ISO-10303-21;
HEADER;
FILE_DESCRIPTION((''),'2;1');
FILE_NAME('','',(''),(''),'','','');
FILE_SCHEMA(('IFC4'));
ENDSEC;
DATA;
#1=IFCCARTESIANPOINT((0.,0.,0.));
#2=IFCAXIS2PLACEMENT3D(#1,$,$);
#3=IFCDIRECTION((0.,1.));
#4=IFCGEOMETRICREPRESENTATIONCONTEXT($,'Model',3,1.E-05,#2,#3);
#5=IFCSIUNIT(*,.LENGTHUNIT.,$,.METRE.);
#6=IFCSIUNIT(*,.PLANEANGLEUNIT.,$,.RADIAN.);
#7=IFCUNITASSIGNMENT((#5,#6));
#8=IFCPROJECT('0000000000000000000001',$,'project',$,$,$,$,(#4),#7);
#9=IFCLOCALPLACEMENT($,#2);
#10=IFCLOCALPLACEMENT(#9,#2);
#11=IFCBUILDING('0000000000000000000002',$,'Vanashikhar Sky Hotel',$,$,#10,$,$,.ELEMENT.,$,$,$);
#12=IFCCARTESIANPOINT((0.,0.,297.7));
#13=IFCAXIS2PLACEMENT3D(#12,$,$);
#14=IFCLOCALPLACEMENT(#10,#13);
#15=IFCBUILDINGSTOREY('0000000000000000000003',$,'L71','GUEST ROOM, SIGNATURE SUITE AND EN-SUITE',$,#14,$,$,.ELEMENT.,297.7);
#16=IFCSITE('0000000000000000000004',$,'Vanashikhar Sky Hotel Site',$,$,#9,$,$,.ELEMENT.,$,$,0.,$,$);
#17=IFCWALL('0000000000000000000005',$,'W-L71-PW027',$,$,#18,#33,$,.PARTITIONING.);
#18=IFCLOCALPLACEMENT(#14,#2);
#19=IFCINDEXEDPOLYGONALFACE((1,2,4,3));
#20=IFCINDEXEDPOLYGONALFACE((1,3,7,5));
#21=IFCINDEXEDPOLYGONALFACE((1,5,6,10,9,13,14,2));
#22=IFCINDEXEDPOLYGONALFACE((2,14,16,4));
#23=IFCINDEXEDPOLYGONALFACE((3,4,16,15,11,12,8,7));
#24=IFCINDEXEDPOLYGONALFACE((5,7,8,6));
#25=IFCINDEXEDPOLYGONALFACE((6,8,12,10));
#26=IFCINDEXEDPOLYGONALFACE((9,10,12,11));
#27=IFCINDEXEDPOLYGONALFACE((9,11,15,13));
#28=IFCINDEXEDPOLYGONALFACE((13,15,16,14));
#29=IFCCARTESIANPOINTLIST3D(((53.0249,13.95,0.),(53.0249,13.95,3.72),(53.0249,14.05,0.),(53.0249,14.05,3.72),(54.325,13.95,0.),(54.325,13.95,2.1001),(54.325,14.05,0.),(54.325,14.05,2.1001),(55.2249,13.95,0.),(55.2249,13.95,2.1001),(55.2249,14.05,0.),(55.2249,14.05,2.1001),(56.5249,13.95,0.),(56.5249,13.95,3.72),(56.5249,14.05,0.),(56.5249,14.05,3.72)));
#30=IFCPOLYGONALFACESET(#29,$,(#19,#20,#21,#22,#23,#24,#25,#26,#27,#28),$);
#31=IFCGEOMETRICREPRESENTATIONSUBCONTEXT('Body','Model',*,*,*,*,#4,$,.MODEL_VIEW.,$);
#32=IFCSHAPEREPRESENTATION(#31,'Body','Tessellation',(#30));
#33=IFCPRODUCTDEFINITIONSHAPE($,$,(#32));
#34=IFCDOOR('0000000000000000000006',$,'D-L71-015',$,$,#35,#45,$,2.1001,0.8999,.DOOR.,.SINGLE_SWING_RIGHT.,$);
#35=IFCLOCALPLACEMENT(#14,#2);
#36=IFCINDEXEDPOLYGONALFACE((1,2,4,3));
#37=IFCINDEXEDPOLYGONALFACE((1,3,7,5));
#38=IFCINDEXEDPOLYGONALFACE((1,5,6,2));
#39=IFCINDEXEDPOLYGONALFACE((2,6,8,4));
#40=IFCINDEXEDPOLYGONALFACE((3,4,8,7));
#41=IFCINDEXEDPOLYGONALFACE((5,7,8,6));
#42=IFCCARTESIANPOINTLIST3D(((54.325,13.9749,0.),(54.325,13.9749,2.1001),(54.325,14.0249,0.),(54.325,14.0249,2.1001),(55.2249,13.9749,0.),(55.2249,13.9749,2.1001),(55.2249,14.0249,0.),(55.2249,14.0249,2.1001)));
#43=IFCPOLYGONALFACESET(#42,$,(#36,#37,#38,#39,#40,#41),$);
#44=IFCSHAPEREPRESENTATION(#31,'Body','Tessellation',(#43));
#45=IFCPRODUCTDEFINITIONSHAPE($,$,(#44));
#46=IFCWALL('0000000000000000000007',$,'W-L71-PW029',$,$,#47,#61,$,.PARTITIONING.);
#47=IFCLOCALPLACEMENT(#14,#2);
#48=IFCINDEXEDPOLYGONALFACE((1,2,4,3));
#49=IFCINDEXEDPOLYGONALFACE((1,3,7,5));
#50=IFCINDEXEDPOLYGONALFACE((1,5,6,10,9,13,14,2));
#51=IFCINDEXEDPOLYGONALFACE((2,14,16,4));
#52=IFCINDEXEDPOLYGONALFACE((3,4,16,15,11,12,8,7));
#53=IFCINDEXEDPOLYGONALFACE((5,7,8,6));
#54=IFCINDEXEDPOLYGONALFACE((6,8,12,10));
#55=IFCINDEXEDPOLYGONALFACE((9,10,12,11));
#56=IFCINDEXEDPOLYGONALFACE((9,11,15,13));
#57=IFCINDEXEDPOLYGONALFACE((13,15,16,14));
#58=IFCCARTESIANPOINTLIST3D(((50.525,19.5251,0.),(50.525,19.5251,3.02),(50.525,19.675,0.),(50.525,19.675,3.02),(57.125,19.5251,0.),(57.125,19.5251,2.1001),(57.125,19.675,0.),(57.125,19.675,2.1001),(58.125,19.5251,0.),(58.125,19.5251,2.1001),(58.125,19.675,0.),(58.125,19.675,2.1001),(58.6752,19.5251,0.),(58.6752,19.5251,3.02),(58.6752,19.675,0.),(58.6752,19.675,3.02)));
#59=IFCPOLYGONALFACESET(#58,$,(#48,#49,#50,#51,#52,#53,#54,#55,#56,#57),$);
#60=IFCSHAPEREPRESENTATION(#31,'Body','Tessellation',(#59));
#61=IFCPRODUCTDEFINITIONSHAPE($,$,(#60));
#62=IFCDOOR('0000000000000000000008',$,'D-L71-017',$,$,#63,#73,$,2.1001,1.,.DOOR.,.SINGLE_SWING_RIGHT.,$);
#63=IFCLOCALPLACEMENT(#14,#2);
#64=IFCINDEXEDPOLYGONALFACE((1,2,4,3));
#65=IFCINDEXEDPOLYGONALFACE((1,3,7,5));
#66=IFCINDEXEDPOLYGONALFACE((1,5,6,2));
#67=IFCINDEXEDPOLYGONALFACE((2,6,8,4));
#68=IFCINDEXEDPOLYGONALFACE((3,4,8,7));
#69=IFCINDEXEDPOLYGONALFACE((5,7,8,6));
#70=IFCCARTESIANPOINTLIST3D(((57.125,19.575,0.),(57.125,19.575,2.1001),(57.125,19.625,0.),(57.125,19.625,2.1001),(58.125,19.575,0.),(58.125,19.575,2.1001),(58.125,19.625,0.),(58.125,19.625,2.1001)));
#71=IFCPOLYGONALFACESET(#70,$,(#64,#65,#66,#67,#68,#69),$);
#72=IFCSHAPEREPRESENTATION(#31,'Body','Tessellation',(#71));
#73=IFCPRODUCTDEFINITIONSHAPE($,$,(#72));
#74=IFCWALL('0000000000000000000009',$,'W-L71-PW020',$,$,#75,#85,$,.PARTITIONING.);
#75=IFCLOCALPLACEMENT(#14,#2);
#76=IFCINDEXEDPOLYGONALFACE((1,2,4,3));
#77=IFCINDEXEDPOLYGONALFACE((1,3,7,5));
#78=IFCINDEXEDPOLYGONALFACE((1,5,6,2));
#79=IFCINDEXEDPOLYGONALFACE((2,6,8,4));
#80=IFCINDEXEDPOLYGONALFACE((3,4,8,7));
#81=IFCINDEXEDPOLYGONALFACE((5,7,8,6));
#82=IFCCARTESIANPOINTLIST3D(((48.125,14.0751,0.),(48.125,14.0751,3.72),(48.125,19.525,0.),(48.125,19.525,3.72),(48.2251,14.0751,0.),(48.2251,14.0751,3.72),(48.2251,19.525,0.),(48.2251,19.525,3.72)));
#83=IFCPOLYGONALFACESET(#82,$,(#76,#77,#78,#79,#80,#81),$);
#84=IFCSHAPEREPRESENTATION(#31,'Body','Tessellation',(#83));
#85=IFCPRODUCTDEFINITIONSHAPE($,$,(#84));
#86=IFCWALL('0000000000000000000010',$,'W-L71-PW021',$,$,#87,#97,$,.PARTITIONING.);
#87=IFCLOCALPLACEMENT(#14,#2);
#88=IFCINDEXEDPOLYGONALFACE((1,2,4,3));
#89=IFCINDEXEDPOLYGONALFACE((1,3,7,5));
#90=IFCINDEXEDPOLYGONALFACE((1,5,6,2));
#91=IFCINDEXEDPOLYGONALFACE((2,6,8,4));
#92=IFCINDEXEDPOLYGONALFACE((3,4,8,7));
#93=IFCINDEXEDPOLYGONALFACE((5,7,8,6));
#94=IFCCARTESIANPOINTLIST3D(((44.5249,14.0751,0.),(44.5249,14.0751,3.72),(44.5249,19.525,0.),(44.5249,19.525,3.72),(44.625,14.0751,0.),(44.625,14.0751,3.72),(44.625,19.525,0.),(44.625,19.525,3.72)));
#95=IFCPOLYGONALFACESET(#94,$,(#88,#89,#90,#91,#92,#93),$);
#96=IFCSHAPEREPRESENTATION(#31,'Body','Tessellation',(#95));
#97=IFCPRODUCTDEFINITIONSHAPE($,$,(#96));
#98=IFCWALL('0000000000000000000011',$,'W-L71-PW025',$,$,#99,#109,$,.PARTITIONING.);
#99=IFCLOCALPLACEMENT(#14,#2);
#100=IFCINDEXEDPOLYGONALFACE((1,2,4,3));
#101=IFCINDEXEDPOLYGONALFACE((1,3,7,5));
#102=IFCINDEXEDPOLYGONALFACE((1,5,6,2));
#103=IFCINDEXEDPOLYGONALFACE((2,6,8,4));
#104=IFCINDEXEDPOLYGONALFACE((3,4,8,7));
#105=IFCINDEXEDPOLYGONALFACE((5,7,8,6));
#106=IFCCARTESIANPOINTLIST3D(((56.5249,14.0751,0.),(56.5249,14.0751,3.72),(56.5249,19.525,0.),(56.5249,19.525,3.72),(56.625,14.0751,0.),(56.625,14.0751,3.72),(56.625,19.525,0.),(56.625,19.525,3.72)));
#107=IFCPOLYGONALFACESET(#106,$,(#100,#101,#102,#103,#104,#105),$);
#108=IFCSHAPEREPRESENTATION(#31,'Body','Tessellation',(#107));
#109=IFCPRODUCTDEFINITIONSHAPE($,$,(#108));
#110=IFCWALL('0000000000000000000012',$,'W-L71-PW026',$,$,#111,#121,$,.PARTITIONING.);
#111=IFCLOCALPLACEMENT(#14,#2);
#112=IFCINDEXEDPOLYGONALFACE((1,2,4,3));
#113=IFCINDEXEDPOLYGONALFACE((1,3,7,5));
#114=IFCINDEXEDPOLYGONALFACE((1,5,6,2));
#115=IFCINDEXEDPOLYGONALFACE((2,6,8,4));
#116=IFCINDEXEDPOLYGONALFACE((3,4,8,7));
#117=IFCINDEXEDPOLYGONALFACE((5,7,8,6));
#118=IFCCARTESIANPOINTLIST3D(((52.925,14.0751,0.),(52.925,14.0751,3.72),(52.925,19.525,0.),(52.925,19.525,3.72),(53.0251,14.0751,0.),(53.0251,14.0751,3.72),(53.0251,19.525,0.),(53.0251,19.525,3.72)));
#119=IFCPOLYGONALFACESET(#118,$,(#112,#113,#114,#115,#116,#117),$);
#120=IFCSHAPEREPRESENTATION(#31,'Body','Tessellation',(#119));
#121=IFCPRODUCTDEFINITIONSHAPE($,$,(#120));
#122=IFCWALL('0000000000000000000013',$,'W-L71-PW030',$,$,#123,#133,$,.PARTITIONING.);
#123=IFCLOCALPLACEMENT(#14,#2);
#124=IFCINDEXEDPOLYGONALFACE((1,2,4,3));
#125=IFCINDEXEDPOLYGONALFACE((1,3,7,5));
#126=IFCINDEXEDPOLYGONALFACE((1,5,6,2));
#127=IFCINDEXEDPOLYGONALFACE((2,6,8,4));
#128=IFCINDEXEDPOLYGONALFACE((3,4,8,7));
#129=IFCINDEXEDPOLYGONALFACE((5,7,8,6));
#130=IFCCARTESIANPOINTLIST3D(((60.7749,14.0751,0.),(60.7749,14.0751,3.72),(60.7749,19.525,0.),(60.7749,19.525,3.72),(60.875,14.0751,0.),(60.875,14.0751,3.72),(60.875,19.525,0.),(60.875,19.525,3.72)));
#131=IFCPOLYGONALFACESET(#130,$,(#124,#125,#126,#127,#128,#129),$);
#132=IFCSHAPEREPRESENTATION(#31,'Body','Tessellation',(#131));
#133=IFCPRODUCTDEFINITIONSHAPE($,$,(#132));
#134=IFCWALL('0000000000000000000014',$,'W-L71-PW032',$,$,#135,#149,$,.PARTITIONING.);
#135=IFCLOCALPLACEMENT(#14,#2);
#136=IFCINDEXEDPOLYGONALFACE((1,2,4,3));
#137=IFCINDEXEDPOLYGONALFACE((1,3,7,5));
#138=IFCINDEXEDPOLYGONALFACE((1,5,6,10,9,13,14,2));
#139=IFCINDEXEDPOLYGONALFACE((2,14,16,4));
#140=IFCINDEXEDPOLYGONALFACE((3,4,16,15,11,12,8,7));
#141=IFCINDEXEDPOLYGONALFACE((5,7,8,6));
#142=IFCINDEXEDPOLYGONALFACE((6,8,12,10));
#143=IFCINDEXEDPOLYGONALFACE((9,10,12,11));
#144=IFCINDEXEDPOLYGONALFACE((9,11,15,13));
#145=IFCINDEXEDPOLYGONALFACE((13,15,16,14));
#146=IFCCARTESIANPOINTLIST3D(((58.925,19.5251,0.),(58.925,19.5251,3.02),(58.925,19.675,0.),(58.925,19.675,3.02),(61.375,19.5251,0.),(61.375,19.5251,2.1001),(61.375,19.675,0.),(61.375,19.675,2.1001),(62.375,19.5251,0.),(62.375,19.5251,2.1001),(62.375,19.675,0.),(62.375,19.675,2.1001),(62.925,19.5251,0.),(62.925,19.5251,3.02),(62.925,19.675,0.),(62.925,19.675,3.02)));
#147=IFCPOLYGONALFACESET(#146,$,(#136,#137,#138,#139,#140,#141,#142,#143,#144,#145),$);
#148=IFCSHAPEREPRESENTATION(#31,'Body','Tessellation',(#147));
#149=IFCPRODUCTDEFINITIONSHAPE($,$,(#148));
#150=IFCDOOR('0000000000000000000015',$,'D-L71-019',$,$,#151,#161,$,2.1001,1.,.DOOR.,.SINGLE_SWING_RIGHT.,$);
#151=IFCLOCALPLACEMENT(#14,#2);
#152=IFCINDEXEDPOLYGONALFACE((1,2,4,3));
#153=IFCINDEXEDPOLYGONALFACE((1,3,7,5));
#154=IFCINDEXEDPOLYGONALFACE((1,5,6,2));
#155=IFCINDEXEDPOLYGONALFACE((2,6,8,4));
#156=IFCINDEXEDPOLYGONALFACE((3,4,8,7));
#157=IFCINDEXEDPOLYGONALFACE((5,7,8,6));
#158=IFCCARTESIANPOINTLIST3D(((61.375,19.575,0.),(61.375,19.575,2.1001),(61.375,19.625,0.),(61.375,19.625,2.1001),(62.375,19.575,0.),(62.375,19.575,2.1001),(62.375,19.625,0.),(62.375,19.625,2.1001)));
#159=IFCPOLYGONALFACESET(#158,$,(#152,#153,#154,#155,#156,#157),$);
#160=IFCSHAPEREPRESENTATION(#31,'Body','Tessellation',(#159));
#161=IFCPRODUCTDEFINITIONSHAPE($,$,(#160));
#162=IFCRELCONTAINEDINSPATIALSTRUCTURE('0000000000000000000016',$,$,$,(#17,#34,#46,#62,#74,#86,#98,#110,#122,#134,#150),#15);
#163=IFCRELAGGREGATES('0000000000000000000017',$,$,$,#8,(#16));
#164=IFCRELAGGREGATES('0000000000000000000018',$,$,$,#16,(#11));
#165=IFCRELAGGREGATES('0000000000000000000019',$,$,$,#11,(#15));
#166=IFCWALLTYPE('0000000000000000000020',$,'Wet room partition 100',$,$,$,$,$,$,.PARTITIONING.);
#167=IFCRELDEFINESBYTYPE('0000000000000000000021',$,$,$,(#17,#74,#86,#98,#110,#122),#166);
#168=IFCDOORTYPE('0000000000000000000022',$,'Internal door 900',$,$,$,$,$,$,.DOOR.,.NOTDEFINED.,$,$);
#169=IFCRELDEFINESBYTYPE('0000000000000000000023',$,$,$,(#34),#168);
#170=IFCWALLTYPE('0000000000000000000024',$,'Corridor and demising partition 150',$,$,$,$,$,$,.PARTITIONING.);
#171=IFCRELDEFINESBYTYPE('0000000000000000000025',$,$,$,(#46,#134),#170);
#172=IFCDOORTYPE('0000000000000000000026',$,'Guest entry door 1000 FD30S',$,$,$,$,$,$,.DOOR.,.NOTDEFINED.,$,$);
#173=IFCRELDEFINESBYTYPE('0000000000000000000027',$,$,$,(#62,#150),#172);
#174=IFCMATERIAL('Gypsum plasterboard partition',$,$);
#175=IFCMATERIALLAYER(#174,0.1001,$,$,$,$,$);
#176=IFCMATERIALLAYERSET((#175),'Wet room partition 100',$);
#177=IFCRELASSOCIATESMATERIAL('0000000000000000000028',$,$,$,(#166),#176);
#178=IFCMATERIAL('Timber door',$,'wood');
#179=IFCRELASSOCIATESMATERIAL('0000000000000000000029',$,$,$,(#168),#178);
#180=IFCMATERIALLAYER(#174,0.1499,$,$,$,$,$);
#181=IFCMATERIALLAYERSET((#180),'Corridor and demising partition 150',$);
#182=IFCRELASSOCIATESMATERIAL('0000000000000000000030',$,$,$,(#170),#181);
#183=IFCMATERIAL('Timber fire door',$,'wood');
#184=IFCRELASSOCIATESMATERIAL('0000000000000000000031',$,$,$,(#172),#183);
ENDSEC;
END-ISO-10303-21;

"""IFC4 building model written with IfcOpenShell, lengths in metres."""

from ifc_helpers import new_model, si_unit, direction, frame, frame_2d, origin, place, context, subcontext, project, spatial, rectangle, extrude, source, transform, mapped, material, layer, layer_set, type_object, element, fill, save


model = new_model("IFC4")

# Units and contexts
model_context = context("Model", 3, precision=1e-05, world=origin(), true_north=direction((0.0, 1.0)))
body_context = subcontext(model_context, "Body", "Model", "MODEL_VIEW")
ifc_project = project(units=[si_unit("LENGTHUNIT", "METRE"), si_unit("PLANEANGLEUNIT", "RADIAN")], contexts=[model_context])

# Site, building, storey
site_placement = place(None, origin())
site = spatial("IfcSite", under=ifc_project, at=site_placement, Name="Vanashikhar Sky Hotel Site", CompositionType="ELEMENT", RefElevation=0.0)
building_placement = place(site_placement, origin())
building = spatial("IfcBuilding", under=site, at=building_placement, Name="Vanashikhar Sky Hotel", CompositionType="ELEMENT")
storey_placement = place(building_placement, frame((0.0, 0.0, 297.7)))
storey = spatial("IfcBuildingStorey", under=building, at=storey_placement, Name="L71", Description="GUEST ROOM, SIGNATURE SUITE AND EN-SUITE", CompositionType="ELEMENT", Elevation=297.7)

# Walls, openings, doors
ifc_material_1 = material(Name="Gypsum plasterboard partition")
ifc_layer_1 = layer(ifc_material_1, 0.1001)
ifc_layer_set_1 = layer_set([ifc_layer_1], Name="Wet room partition 100")
wall_type_1 = type_object("IfcWallType", Name="Wet room partition 100", PredefinedType="PARTITIONING", material=ifc_layer_set_1)
shared_shape_1 = source(origin(), body_context, "Body", "SweptSolid", [
    extrude(rectangle(XDim=3.5, YDim=0.1001, at=frame_2d((1.75, 0.0))), origin(), (0.0, 0.0, 1.0), 3.72),
])
shared_shape_2 = source(origin(), body_context, "Body", "SweptSolid", [
    extrude(rectangle(XDim=0.8999, YDim=2.1001, at=frame_2d((0.45, 1.05))), frame((0.0, 0.0601, 0.0), z_axis=(0.0, -1.0, 0.0), x_axis=(1.0, 0.0, 0.0)), (0.0, 0.0, 1.0), 0.1201),
])
ifc_material_2 = material(Name="Timber door", Category="wood")
door_type_1 = type_object("IfcDoorType", Name="Internal door 900", OperationType="NOTDEFINED", PredefinedType="DOOR", material=ifc_material_2)
shared_shape_3 = source(origin(), body_context, "Body", "SweptSolid", [
    extrude(rectangle(XDim=0.8999, YDim=2.1001, at=frame_2d((0.45, 1.05))), frame((0.0, 0.0249, 0.0), z_axis=(0.0, -1.0, 0.0), x_axis=(1.0, 0.0, 0.0)), (0.0, 0.0, 1.0), 0.05),
])
wall_1_placement = place(storey_placement, frame((53.0249, 14.0, 0.0), z_axis=(0.0, 0.0, 1.0), x_axis=(1.0, 0.0, 0.0)))
wall_1 = element("IfcWall", 1, at=wall_1_placement, inside=storey, type_object=wall_type_1, Name="W-L71-PW027", PredefinedType="PARTITIONING", context=body_context, shape_type="MappedRepresentation", body=[
    mapped(shared_shape_1, transform((0.0, 0.0, 0.0), scale=1.0)),
])
opening_1_placement = place(wall_1_placement, frame((1.3, 0.0, 0.0)))
opening_1 = element("IfcOpeningElement", 2, at=opening_1_placement, cuts=wall_1, PredefinedType="OPENING", context=body_context, shape_type="MappedRepresentation", body=[
    mapped(shared_shape_2, transform((0.0, 0.0, 0.0), scale=1.0)),
])
door_1_placement = place(opening_1_placement, origin())
door_1 = element("IfcDoor", 3, at=door_1_placement, inside=storey, type_object=door_type_1, Name="D-L71-015", OperationType="SINGLE_SWING_RIGHT", OverallHeight=2.1001, OverallWidth=0.8999, PredefinedType="DOOR", context=body_context, shape_type="MappedRepresentation", body=[
    mapped(shared_shape_3, transform((0.0, 0.0, 0.0), scale=1.0)),
])
fill(opening_1, door_1)
ifc_layer_2 = layer(ifc_material_1, 0.1499)
ifc_layer_set_2 = layer_set([ifc_layer_2], Name="Corridor and demising partition 150")
wall_type_2 = type_object("IfcWallType", Name="Corridor and demising partition 150", PredefinedType="PARTITIONING", material=ifc_layer_set_2)
shared_shape_4 = source(origin(), body_context, "Body", "SweptSolid", [
    extrude(rectangle(XDim=8.1501, YDim=0.1499, at=frame_2d((4.0752, 0.0))), origin(), (0.0, 0.0, 1.0), 3.02),
])
wall_2_placement = place(storey_placement, frame((50.5249, 19.6001, 0.0), z_axis=(0.0, 0.0, 1.0), x_axis=(1.0, 0.0, 0.0)))
wall_2 = element("IfcWall", 4, at=wall_2_placement, inside=storey, type_object=wall_type_2, Name="W-L71-PW029", PredefinedType="PARTITIONING", context=body_context, shape_type="MappedRepresentation", body=[
    mapped(shared_shape_4, transform((0.0, 0.0, 0.0), scale=1.0)),
])
shared_shape_5 = source(origin(), body_context, "Body", "SweptSolid", [
    extrude(rectangle(XDim=1.0, YDim=2.1001, at=frame_2d((0.5, 1.05))), frame((0.0, 0.085, 0.0), z_axis=(0.0, -1.0, 0.0), x_axis=(1.0, 0.0, 0.0)), (0.0, 0.0, 1.0), 0.1699),
])
opening_2_placement = place(wall_2_placement, frame((6.6001, 0.0, 0.0)))
opening_2 = element("IfcOpeningElement", 5, at=opening_2_placement, cuts=wall_2, PredefinedType="OPENING", context=body_context, shape_type="MappedRepresentation", body=[
    mapped(shared_shape_5, transform((0.0, 0.0, 0.0), scale=1.0)),
])
ifc_material_3 = material(Name="Timber fire door", Category="wood")
door_type_2 = type_object("IfcDoorType", Name="Guest entry door 1000 FD30S", OperationType="NOTDEFINED", PredefinedType="DOOR", material=ifc_material_3)
shared_shape_6 = source(origin(), body_context, "Body", "SweptSolid", [
    extrude(rectangle(XDim=1.0, YDim=2.1001, at=frame_2d((0.5, 1.05))), frame((0.0, 0.0249, 0.0), z_axis=(0.0, -1.0, 0.0), x_axis=(1.0, 0.0, 0.0)), (0.0, 0.0, 1.0), 0.05),
])
door_2_placement = place(opening_2_placement, origin())
door_2 = element("IfcDoor", 6, at=door_2_placement, inside=storey, type_object=door_type_2, Name="D-L71-017", OperationType="SINGLE_SWING_RIGHT", OverallHeight=2.1001, OverallWidth=1.0, PredefinedType="DOOR", context=body_context, shape_type="MappedRepresentation", body=[
    mapped(shared_shape_6, transform((0.0, 0.0, 0.0), scale=1.0)),
])
fill(opening_2, door_2)

# Walls
shared_shape_7 = source(origin(), body_context, "Body", "SweptSolid", [
    extrude(rectangle(XDim=5.45, YDim=0.1001, at=frame_2d((2.7251, 0.0))), origin(), (0.0, 0.0, 1.0), 3.72),
])
for number, where, z_axis, x_axis, name in (
    (7, (48.175, 14.075, 0.0), (0.0, 0.0, 1.0), (0.0, 1.0, 0.0), "W-L71-PW020"),
    (8, (44.575, 14.075, 0.0), (0.0, 0.0, 1.0), (0.0, 1.0, 0.0), "W-L71-PW021"),
    (9, (56.575, 14.075, 0.0), (0.0, 0.0, 1.0), (0.0, 1.0, 0.0), "W-L71-PW025"),
    (10, (52.9751, 14.075, 0.0), (0.0, 0.0, 1.0), (0.0, 1.0, 0.0), "W-L71-PW026"),
    (11, (60.825, 14.075, 0.0), (0.0, 0.0, 1.0), (0.0, 1.0, 0.0), "W-L71-PW030"),
):
    element("IfcWall", number, at=place(storey_placement, frame(where, z_axis=z_axis, x_axis=x_axis)), inside=storey, type_object=wall_type_1, Name=name, PredefinedType="PARTITIONING", context=body_context, shape_type="MappedRepresentation", body=[
        mapped(shared_shape_7, transform((0.0, 0.0, 0.0), scale=1.0)),
    ])

# Wall, opening, door
shared_shape_8 = source(origin(), body_context, "Body", "SweptSolid", [
    extrude(rectangle(XDim=4.0, YDim=0.1499, at=frame_2d((2.0, 0.0))), origin(), (0.0, 0.0, 1.0), 3.02),
])
wall_3_placement = place(storey_placement, frame((58.925, 19.6001, 0.0), z_axis=(0.0, 0.0, 1.0), x_axis=(1.0, 0.0, 0.0)))
wall_3 = element("IfcWall", 12, at=wall_3_placement, inside=storey, type_object=wall_type_2, Name="W-L71-PW032", PredefinedType="PARTITIONING", context=body_context, shape_type="MappedRepresentation", body=[
    mapped(shared_shape_8, transform((0.0, 0.0, 0.0), scale=1.0)),
])
opening_3_placement = place(wall_3_placement, frame((2.45, 0.0, 0.0)))
opening_3 = element("IfcOpeningElement", 13, at=opening_3_placement, cuts=wall_3, PredefinedType="OPENING", context=body_context, shape_type="MappedRepresentation", body=[
    mapped(shared_shape_5, transform((0.0, 0.0, 0.0), scale=1.0)),
])
door_3_placement = place(opening_3_placement, origin())
door_3 = element("IfcDoor", 14, at=door_3_placement, inside=storey, type_object=door_type_2, Name="D-L71-019", OperationType="SINGLE_SWING_RIGHT", OverallHeight=2.1001, OverallWidth=1.0, PredefinedType="DOOR", context=body_context, shape_type="MappedRepresentation", body=[
    mapped(shared_shape_6, transform((0.0, 0.0, 0.0), scale=1.0)),
])
fill(opening_3, door_3)

save(model, "model.ifc")
